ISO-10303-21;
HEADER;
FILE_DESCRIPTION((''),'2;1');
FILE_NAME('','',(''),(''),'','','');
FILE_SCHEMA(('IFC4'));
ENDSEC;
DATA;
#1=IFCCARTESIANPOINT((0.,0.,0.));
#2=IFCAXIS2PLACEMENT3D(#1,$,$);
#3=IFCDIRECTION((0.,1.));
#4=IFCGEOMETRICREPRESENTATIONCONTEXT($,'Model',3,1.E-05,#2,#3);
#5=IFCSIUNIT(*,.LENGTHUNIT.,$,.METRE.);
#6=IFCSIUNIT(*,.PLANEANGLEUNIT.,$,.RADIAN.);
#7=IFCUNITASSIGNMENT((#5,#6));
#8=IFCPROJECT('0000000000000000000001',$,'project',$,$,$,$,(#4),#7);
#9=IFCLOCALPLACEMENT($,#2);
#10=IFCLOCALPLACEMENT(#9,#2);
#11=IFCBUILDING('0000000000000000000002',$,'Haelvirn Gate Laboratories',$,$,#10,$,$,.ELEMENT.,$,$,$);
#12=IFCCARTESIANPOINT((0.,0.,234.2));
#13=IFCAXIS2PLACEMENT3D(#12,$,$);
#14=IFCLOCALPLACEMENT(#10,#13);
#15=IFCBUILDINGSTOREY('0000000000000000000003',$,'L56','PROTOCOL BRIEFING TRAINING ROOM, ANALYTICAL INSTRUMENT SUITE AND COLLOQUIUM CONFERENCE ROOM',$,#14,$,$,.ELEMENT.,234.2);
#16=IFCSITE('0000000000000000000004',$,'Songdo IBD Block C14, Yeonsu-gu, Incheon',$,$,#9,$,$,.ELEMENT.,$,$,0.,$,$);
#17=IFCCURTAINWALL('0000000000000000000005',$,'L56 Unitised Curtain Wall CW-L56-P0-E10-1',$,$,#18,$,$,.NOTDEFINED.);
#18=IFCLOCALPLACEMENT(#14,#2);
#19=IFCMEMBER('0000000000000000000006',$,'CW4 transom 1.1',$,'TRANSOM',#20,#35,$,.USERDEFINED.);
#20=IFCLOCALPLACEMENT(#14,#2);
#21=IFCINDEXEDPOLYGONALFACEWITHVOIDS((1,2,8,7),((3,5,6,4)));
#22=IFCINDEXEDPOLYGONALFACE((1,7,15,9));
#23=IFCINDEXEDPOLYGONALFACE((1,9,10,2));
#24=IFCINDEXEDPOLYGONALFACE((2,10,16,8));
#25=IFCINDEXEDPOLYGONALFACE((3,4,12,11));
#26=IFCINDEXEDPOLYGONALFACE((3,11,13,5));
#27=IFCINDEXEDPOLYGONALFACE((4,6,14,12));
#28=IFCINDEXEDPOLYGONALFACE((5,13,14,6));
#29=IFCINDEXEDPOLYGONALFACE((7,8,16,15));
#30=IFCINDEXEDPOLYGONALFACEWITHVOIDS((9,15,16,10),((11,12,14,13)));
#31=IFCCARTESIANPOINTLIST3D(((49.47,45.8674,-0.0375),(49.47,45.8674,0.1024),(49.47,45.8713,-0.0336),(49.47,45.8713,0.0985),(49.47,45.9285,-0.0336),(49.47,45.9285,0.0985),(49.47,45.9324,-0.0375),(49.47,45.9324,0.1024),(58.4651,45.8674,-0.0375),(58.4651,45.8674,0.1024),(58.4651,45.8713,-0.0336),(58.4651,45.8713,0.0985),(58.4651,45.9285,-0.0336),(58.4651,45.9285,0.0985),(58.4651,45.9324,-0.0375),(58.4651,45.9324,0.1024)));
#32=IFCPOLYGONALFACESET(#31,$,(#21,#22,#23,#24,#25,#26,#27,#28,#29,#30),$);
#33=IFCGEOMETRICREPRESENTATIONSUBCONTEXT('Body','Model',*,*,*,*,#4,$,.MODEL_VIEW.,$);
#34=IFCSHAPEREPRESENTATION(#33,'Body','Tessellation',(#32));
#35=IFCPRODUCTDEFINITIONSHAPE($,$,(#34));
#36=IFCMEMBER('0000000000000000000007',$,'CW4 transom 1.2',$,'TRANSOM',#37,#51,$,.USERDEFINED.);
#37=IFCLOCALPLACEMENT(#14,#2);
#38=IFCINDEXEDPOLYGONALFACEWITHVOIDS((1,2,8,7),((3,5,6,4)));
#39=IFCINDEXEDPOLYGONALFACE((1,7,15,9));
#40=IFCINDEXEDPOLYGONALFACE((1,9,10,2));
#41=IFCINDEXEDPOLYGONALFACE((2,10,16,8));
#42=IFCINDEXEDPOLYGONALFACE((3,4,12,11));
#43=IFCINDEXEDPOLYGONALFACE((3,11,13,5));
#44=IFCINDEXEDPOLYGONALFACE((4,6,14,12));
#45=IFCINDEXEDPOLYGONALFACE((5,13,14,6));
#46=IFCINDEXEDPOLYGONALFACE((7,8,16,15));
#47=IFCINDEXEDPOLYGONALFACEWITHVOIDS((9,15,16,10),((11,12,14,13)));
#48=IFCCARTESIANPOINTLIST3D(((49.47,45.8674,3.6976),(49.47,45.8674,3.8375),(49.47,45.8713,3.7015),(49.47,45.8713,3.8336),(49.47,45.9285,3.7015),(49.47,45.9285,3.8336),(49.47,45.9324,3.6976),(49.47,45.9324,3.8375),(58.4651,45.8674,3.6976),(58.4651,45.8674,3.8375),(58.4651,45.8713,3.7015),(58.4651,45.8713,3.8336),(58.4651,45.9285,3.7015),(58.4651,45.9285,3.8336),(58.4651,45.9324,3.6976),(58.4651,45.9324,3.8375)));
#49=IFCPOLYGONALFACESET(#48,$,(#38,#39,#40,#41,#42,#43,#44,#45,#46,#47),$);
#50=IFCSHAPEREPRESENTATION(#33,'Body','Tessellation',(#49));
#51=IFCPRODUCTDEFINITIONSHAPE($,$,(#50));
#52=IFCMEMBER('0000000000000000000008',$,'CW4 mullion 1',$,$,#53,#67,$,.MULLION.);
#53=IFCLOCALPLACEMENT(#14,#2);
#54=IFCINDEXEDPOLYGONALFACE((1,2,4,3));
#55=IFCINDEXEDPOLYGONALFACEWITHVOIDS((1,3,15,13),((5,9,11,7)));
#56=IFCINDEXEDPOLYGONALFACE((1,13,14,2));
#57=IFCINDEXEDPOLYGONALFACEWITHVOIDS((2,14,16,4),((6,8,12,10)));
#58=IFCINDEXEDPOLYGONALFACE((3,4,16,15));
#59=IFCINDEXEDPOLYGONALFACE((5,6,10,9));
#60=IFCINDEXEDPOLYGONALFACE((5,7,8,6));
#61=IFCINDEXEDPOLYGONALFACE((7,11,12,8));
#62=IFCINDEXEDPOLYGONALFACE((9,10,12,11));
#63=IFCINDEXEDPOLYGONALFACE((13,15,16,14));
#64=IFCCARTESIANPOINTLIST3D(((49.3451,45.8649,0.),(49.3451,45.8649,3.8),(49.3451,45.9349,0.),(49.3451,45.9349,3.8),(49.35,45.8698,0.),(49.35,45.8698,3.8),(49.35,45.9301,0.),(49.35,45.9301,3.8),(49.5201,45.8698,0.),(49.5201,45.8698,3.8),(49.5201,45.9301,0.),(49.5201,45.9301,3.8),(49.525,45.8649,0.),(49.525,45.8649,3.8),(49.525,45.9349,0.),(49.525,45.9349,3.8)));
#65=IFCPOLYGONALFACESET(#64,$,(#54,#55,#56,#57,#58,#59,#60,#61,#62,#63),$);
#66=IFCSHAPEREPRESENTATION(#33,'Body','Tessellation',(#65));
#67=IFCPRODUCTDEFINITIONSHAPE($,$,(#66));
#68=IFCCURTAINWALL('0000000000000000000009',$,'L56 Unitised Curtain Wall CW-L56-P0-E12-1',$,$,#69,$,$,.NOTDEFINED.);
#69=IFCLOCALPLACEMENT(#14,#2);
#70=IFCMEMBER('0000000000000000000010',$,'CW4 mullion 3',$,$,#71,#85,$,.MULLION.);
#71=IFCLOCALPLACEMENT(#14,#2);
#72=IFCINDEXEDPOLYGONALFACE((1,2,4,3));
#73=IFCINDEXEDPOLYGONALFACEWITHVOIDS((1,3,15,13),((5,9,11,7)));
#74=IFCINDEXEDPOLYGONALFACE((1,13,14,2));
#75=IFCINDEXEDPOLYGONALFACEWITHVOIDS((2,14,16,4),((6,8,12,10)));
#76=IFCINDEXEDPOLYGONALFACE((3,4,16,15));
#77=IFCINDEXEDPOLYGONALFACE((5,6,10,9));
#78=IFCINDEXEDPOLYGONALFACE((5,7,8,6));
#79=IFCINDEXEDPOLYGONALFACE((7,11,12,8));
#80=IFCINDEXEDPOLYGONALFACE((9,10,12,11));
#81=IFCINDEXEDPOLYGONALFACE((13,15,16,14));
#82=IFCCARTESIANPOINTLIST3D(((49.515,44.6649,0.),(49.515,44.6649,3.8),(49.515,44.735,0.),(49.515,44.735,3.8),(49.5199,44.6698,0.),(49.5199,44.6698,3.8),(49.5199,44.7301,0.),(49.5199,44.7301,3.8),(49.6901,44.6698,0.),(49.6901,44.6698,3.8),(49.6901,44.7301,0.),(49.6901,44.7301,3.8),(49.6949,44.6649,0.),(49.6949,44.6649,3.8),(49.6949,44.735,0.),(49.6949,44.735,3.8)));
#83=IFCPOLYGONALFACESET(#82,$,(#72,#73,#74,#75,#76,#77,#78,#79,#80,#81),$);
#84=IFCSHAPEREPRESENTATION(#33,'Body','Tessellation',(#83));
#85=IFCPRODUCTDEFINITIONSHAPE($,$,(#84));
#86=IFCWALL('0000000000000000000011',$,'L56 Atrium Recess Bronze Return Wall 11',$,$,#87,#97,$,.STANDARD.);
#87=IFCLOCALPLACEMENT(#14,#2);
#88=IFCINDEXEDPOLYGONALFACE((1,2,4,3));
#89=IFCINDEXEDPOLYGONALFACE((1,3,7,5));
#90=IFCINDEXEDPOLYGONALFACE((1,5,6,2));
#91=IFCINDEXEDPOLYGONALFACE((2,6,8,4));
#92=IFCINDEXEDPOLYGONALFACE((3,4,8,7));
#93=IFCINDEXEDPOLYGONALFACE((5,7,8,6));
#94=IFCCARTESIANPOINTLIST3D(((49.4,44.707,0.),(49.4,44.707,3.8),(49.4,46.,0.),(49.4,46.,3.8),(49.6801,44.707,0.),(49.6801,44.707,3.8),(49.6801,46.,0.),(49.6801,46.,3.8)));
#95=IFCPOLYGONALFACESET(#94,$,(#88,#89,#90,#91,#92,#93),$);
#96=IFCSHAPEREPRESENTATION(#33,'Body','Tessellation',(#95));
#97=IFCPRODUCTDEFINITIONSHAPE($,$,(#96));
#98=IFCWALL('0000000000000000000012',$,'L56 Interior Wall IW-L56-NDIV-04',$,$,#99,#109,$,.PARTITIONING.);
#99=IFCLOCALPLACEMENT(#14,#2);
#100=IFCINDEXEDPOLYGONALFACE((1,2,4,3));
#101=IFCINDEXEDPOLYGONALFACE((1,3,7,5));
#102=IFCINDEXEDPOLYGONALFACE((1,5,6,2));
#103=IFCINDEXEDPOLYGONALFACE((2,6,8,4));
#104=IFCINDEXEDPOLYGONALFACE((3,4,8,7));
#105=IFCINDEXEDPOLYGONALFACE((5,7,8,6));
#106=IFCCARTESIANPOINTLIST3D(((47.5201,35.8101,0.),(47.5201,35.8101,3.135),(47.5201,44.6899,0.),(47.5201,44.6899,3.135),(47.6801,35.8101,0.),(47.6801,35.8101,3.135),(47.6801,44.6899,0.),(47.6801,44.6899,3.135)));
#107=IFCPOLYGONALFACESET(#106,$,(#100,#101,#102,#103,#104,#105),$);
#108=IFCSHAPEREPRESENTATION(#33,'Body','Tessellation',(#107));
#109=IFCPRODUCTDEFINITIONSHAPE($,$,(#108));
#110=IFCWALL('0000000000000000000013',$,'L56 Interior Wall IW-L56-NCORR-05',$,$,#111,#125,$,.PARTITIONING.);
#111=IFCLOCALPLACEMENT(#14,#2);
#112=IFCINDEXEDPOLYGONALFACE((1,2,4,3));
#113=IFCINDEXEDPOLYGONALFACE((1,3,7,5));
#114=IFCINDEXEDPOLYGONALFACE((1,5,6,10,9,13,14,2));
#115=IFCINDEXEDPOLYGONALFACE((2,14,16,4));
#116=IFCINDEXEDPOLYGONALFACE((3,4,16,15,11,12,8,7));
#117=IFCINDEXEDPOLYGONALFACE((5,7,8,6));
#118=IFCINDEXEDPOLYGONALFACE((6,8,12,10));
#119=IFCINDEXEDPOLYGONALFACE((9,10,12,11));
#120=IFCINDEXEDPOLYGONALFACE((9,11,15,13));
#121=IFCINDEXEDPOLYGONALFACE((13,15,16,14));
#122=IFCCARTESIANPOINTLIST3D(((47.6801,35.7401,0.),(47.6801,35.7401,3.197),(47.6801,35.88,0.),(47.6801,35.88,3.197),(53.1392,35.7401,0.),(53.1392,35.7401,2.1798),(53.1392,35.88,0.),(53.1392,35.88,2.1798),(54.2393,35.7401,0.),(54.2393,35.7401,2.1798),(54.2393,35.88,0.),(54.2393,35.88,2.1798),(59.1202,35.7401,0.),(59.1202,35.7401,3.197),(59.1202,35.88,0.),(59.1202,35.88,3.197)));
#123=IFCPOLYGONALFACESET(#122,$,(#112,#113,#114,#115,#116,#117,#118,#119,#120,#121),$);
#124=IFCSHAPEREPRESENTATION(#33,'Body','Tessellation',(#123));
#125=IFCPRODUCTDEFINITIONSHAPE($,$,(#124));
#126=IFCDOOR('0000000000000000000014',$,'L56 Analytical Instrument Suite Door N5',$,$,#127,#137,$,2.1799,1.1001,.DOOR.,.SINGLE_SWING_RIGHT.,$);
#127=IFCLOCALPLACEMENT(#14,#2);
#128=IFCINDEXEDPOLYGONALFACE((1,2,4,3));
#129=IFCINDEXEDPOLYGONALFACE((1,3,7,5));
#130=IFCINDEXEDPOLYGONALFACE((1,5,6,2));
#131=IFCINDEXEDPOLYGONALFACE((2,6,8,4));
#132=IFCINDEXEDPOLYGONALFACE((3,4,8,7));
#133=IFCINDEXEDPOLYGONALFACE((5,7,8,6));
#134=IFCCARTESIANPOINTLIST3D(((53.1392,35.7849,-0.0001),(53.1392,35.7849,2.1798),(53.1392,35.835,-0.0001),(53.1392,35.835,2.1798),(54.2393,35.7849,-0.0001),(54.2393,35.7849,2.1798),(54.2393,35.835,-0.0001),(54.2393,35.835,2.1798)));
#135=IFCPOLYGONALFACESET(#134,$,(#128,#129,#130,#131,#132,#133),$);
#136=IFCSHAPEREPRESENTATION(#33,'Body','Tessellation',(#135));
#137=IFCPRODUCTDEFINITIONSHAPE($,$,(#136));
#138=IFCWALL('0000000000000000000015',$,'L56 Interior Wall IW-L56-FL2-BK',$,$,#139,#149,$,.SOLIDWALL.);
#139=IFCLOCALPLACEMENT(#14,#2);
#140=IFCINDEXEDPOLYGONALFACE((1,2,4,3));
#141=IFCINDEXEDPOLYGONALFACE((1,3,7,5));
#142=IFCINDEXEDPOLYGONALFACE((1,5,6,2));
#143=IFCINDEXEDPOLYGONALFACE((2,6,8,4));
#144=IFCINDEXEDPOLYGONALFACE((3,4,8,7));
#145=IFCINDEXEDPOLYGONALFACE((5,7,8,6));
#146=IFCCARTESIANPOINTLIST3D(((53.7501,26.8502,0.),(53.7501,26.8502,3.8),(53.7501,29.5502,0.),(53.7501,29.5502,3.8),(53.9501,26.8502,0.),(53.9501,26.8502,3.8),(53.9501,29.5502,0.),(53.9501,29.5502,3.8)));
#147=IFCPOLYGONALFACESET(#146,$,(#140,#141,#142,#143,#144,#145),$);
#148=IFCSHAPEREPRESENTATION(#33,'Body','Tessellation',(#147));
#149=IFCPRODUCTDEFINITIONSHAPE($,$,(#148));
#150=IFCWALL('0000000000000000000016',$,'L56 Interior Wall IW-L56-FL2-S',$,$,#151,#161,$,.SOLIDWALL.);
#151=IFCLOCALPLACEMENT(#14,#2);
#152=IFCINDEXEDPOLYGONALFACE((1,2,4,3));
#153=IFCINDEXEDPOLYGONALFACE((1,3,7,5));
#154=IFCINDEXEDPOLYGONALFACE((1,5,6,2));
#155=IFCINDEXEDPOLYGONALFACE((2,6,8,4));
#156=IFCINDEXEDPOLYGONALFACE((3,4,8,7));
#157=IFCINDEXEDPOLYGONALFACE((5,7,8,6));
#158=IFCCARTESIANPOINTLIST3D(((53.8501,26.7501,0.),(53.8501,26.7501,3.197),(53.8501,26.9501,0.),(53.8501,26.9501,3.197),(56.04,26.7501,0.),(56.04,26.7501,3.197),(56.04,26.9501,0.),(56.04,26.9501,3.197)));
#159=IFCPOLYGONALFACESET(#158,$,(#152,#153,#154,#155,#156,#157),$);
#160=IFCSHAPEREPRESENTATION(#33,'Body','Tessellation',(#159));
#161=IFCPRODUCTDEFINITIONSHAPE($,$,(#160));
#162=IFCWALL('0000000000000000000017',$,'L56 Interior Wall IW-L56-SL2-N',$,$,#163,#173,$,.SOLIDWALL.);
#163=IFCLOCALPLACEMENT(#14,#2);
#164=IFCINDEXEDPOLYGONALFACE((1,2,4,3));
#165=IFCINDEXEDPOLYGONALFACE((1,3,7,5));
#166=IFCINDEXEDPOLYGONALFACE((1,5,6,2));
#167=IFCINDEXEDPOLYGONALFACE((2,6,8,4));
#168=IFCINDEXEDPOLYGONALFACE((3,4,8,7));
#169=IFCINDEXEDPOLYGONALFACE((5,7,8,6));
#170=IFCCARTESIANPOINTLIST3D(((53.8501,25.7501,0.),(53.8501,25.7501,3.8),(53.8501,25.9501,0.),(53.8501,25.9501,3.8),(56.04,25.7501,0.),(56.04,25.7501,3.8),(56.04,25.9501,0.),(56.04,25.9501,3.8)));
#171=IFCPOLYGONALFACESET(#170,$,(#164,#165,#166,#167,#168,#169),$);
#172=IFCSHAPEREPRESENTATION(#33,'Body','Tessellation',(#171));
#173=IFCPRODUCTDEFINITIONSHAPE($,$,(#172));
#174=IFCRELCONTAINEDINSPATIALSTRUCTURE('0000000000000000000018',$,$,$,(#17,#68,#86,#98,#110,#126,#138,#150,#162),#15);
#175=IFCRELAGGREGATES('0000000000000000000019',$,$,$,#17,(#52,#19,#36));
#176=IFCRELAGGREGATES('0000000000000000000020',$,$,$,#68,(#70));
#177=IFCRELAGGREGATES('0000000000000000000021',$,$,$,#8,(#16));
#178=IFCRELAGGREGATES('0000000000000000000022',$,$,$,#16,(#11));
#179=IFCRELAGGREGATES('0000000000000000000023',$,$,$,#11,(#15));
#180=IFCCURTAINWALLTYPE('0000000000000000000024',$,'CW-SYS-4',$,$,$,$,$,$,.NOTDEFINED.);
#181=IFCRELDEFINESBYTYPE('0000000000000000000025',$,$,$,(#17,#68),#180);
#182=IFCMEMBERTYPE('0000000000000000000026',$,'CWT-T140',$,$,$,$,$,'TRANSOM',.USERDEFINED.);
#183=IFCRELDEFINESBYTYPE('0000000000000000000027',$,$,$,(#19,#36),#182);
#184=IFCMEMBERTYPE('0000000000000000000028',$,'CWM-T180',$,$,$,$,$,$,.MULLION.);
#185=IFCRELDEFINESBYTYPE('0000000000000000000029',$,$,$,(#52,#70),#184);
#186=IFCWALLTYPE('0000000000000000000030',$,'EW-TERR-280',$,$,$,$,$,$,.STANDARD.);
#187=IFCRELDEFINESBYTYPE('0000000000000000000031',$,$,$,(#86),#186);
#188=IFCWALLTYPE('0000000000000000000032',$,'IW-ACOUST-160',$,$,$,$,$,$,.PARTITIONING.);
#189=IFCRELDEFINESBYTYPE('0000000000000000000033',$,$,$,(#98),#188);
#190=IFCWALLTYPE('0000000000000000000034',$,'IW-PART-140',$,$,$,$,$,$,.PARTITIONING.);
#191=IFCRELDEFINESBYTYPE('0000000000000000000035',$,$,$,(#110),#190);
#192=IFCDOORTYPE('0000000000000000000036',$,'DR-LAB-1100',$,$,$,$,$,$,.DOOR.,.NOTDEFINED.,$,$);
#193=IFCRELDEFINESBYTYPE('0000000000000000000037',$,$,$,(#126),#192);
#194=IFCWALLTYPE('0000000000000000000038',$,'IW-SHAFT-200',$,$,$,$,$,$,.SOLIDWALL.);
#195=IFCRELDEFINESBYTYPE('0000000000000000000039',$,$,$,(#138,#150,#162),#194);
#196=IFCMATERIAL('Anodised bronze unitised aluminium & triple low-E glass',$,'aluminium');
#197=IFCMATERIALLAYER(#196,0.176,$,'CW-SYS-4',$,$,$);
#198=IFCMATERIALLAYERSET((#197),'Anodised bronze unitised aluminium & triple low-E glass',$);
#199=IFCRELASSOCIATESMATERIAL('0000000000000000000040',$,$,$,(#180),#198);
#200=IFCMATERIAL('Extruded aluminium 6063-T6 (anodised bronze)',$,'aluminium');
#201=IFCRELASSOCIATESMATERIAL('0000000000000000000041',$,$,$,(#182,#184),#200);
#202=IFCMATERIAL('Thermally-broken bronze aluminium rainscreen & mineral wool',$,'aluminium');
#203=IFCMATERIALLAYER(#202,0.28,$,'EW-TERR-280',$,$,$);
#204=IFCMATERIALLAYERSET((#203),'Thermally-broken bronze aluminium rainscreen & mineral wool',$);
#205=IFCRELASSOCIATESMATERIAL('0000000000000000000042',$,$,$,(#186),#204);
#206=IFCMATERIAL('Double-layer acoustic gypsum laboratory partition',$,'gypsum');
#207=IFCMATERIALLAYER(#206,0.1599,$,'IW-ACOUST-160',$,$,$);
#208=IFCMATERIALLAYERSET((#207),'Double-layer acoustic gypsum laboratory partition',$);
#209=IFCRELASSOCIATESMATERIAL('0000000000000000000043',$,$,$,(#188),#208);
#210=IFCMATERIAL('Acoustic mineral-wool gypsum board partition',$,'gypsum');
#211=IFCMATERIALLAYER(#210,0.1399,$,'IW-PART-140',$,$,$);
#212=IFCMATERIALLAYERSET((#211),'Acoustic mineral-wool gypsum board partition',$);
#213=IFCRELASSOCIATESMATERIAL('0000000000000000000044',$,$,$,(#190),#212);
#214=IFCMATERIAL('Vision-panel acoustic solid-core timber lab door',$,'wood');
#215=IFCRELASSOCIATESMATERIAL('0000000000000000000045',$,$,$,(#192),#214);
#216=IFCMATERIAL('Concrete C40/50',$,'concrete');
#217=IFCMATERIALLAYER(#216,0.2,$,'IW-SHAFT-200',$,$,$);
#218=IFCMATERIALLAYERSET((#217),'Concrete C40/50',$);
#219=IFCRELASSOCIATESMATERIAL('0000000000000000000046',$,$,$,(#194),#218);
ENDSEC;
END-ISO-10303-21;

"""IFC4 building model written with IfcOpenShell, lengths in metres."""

from ifc_helpers import new_model, si_unit, direction, frame, frame_2d, origin, origin_2d, place, context, subcontext, project, spatial, rectangle, hollow_rectangle, extrude, source, transform, mapped, material, layer, layer_set, material_profile, profile_set, type_object, type_shapes, element, fill, aggregate, save


model = new_model("IFC4")

# Units and contexts
model_context = context("Model", 3, precision=1e-05, world=origin(), true_north=direction((0.0, 1.0)))
body_context = subcontext(model_context, "Body", "Model", "MODEL_VIEW")
ifc_project = project(units=[si_unit("LENGTHUNIT", "METRE"), si_unit("PLANEANGLEUNIT", "RADIAN")], contexts=[model_context])

# Site, building, storey
site_placement = place(None, origin())
site = spatial("IfcSite", under=ifc_project, at=site_placement, Name="Songdo IBD Block C14, Yeonsu-gu, Incheon", CompositionType="ELEMENT", RefElevation=0.0)
building_placement = place(site_placement, origin())
building = spatial("IfcBuilding", under=site, at=building_placement, Name="Haelvirn Gate Laboratories", CompositionType="ELEMENT")
storey_placement = place(building_placement, frame((0.0, 0.0, 234.2)))
storey = spatial("IfcBuildingStorey", under=building, at=storey_placement, Name="L56", Description="PROTOCOL BRIEFING TRAINING ROOM, ANALYTICAL INSTRUMENT SUITE AND COLLOQUIUM CONFERENCE ROOM", CompositionType="ELEMENT", Elevation=234.2)

# Curtain wall, members
ifc_material_1 = material(Name="Anodised bronze unitised aluminium & triple low-E glass", Category="aluminium")
ifc_layer_1 = layer(ifc_material_1, 0.176, Name="CW-SYS-4")
ifc_layer_set_1 = layer_set([ifc_layer_1], Name="Anodised bronze unitised aluminium & triple low-E glass")
curtain_wall_type = type_object("IfcCurtainWallType", Name="CW-SYS-4", PredefinedType="NOTDEFINED", material=ifc_layer_set_1)
curtain_wall_1_placement = place(storey_placement, origin())
curtain_wall_1 = element("IfcCurtainWall", 1, at=curtain_wall_1_placement, inside=storey, type_object=curtain_wall_type, Name="L56 Unitised Curtain Wall CW-L56-P0-E10-1", PredefinedType="NOTDEFINED")
ifc_material_2 = material(Name="Extruded aluminium 6063-T6 (anodised bronze)", Category="aluminium")
ifc_material_profile_1 = material_profile(ifc_material_2, hollow_rectangle(XDim=0.0649, YDim=0.1399, WallThickness=0.0039, at=origin_2d()), Name="CWT-140x65x4")
ifc_profile_set_1 = profile_set([ifc_material_profile_1], Name="Extruded aluminium 6063-T6 (anodised bronze)")
member_type_1 = type_object("IfcMemberType", Name="CWT-T140", ElementType="TRANSOM", PredefinedType="USERDEFINED", material=ifc_profile_set_1)
shared_shape_1 = source(origin(), body_context, "Body", "SweptSolid", [
    extrude(hollow_rectangle(XDim=0.0649, YDim=0.1399, WallThickness=0.0039, at=origin_2d()), origin(), (0.0, 0.0, 1.0), 8.9951),
])
type_shapes(member_type_1, [shared_shape_1])
member_1_placement = place(storey_placement, frame((49.47, 45.8999, 0.0325), z_axis=(1.0, 0.0, 0.0), x_axis=(0.0, 1.0, 0.0)))
member_1 = element("IfcMember", 2, at=member_1_placement, type_object=member_type_1, Name="CW4 transom 1.1", ObjectType="TRANSOM", PredefinedType="USERDEFINED", context=body_context, shape_type="MappedRepresentation", body=[
    mapped(shared_shape_1, transform((0.0, 0.0, 0.0), scale=1.0)),
])
member_2_placement = place(storey_placement, frame((49.47, 45.8999, 3.7676), z_axis=(1.0, 0.0, 0.0), x_axis=(0.0, 1.0, 0.0)))
member_2 = element("IfcMember", 3, at=member_2_placement, type_object=member_type_1, Name="CW4 transom 1.2", ObjectType="TRANSOM", PredefinedType="USERDEFINED", context=body_context, shape_type="MappedRepresentation", body=[
    mapped(shared_shape_1, transform((0.0, 0.0, 0.0), scale=1.0)),
])
ifc_material_profile_2 = material_profile(ifc_material_2, hollow_rectangle(XDim=0.0701, YDim=0.1799, WallThickness=0.0049, at=origin_2d()), Name="CWM-180x70x5")
ifc_profile_set_2 = profile_set([ifc_material_profile_2], Name="Extruded aluminium 6063-T6 (anodised bronze)")
member_type_2 = type_object("IfcMemberType", Name="CWM-T180", PredefinedType="MULLION", material=ifc_profile_set_2)
shared_shape_2 = source(origin(), body_context, "Body", "SweptSolid", [
    extrude(hollow_rectangle(XDim=0.0701, YDim=0.1799, WallThickness=0.0049, at=origin_2d()), origin(), (0.0, 0.0, 1.0), 3.8),
])
type_shapes(member_type_2, [shared_shape_2])
member_3_placement = place(storey_placement, frame((49.4351, 45.8999, 0.0), z_axis=(0.0, 0.0, 1.0), x_axis=(0.0, 1.0, 0.0)))
member_3 = element("IfcMember", 4, at=member_3_placement, type_object=member_type_2, Name="CW4 mullion 1", PredefinedType="MULLION", context=body_context, shape_type="MappedRepresentation", body=[
    mapped(shared_shape_2, transform((0.0, 0.0, 0.0), scale=1.0)),
])
aggregate(curtain_wall_1, [member_3, member_1, member_2])

# Curtain wall, member
curtain_wall_2_placement = place(storey_placement, origin())
curtain_wall_2 = element("IfcCurtainWall", 5, at=curtain_wall_2_placement, inside=storey, type_object=curtain_wall_type, Name="L56 Unitised Curtain Wall CW-L56-P0-E12-1", PredefinedType="NOTDEFINED")
member_4_placement = place(storey_placement, frame((49.605, 44.7, 0.0), z_axis=(0.0, 0.0, 1.0), x_axis=(0.0, 1.0, 0.0)))
member_4 = element("IfcMember", 6, at=member_4_placement, type_object=member_type_2, Name="CW4 mullion 3", PredefinedType="MULLION", context=body_context, shape_type="MappedRepresentation", body=[
    mapped(shared_shape_2, transform((0.0, 0.0, 0.0), scale=1.0)),
])
aggregate(curtain_wall_2, [member_4])

# Walls
ifc_material_3 = material(Name="Thermally-broken bronze aluminium rainscreen & mineral wool", Category="aluminium")
ifc_layer_2 = layer(ifc_material_3, 0.28, Name="EW-TERR-280")
ifc_layer_set_2 = layer_set([ifc_layer_2], Name="Thermally-broken bronze aluminium rainscreen & mineral wool")
wall_type_1 = type_object("IfcWallType", Name="EW-TERR-280", PredefinedType="STANDARD", material=ifc_layer_set_2)
wall_1_placement = place(storey_placement, frame((49.54, 46.0, 0.0), z_axis=(0.0, 0.0, 1.0), x_axis=(0.0, -1.0, 0.0)))
element("IfcWall", 7, at=wall_1_placement, inside=storey, type_object=wall_type_1, Name="L56 Atrium Recess Bronze Return Wall 11", PredefinedType="STANDARD", context=body_context, shape_type="SweptSolid", body=[
    extrude(rectangle(XDim=1.293, YDim=0.28, at=frame_2d((0.6465, 0.0))), origin(), (0.0, 0.0, 1.0), 3.8),
])
ifc_material_4 = material(Name="Double-layer acoustic gypsum laboratory partition", Category="gypsum")
ifc_layer_3 = layer(ifc_material_4, 0.1599, Name="IW-ACOUST-160")
ifc_layer_set_3 = layer_set([ifc_layer_3], Name="Double-layer acoustic gypsum laboratory partition")
wall_type_2 = type_object("IfcWallType", Name="IW-ACOUST-160", PredefinedType="PARTITIONING", material=ifc_layer_set_3)
wall_2_placement = place(storey_placement, frame((47.6001, 35.8101, 0.0), z_axis=(0.0, 0.0, 1.0), x_axis=(0.0, 1.0, 0.0)))
element("IfcWall", 8, at=wall_2_placement, inside=storey, type_object=wall_type_2, Name="L56 Interior Wall IW-L56-NDIV-04", PredefinedType="PARTITIONING", context=body_context, shape_type="SweptSolid", body=[
    extrude(rectangle(XDim=8.8799, YDim=0.1599, at=frame_2d((4.4399, 0.0))), origin(), (0.0, 0.0, 1.0), 3.135),
])

# Wall, opening, door
ifc_material_5 = material(Name="Acoustic mineral-wool gypsum board partition", Category="gypsum")
ifc_layer_4 = layer(ifc_material_5, 0.1399, Name="IW-PART-140")
ifc_layer_set_4 = layer_set([ifc_layer_4], Name="Acoustic mineral-wool gypsum board partition")
wall_type_3 = type_object("IfcWallType", Name="IW-PART-140", PredefinedType="PARTITIONING", material=ifc_layer_set_4)
wall_3_placement = place(storey_placement, frame((47.6799, 35.8101, 0.0), z_axis=(0.0, 0.0, 1.0), x_axis=(1.0, 0.0, 0.0)))
wall_3 = element("IfcWall", 9, at=wall_3_placement, inside=storey, type_object=wall_type_3, Name="L56 Interior Wall IW-L56-NCORR-05", PredefinedType="PARTITIONING", context=body_context, shape_type="SweptSolid", body=[
    extrude(rectangle(XDim=11.4402, YDim=0.1399, at=frame_2d((5.7202, 0.0))), origin(), (0.0, 0.0, 1.0), 3.197),
])
opening_1_placement = place(wall_3_placement, frame((5.4592, 0.0, 0.0)))
opening_1 = element("IfcOpeningElement", 10, at=opening_1_placement, cuts=wall_3, PredefinedType="OPENING", context=body_context, shape_type="SweptSolid", body=[
    extrude(rectangle(XDim=1.1001, YDim=2.1799, at=frame_2d((0.55, 1.0898))), frame((0.0, 0.0801, 0.0), z_axis=(0.0, -1.0, 0.0), x_axis=(1.0, 0.0, 0.0)), (0.0, 0.0, 1.0), 0.1599),
])
ifc_material_6 = material(Name="Vision-panel acoustic solid-core timber lab door", Category="wood")
door_type_1 = type_object("IfcDoorType", Name="DR-LAB-1100", OperationType="NOTDEFINED", PredefinedType="DOOR", material=ifc_material_6)
shared_shape_3 = source(origin(), body_context, "Body", "SweptSolid", [
    extrude(rectangle(XDim=1.1001, YDim=2.1799, at=frame_2d((0.55, 1.0898))), frame((0.0, 0.0249, 0.0), z_axis=(0.0, -1.0, 0.0), x_axis=(1.0, 0.0, 0.0)), (0.0, 0.0, 1.0), 0.05),
])
type_shapes(door_type_1, [shared_shape_3])
door_1_placement = place(opening_1_placement, origin())
door_1 = element("IfcDoor", 11, at=door_1_placement, inside=storey, type_object=door_type_1, Name="L56 Analytical Instrument Suite Door N5", OperationType="SINGLE_SWING_RIGHT", OverallHeight=2.1799, OverallWidth=1.1001, PredefinedType="DOOR", context=body_context, shape_type="MappedRepresentation", body=[
    mapped(shared_shape_3, transform((0.0, 0.0, 0.0), scale=1.0)),
])
fill(opening_1, door_1)

# Walls
ifc_material_7 = material(Name="Concrete C40/50", Category="concrete")
ifc_layer_5 = layer(ifc_material_7, 0.2, Name="IW-SHAFT-200")
ifc_layer_set_5 = layer_set([ifc_layer_5], Name="Concrete C40/50")
wall_type_4 = type_object("IfcWallType", Name="IW-SHAFT-200", PredefinedType="SOLIDWALL", material=ifc_layer_set_5)
wall_4_placement = place(storey_placement, frame((53.8501, 26.8501, 0.0), z_axis=(0.0, 0.0, 1.0), x_axis=(0.0, 1.0, 0.0)))
element("IfcWall", 12, at=wall_4_placement, inside=storey, type_object=wall_type_4, Name="L56 Interior Wall IW-L56-FL2-BK", PredefinedType="SOLIDWALL", context=body_context, shape_type="SweptSolid", body=[
    extrude(rectangle(XDim=2.7, YDim=0.2, at=frame_2d((1.3501, 0.0))), origin(), (0.0, 0.0, 1.0), 3.8),
])
wall_5_placement = place(storey_placement, frame((53.8501, 26.8501, 0.0), z_axis=(0.0, 0.0, 1.0), x_axis=(1.0, 0.0, 0.0)))
element("IfcWall", 13, at=wall_5_placement, inside=storey, type_object=wall_type_4, Name="L56 Interior Wall IW-L56-FL2-S", PredefinedType="SOLIDWALL", context=body_context, shape_type="SweptSolid", body=[
    extrude(rectangle(XDim=2.1899, YDim=0.2, at=frame_2d((1.095, 0.0))), origin(), (0.0, 0.0, 1.0), 3.197),
])
wall_6_placement = place(storey_placement, frame((53.8501, 25.8501, 0.0), z_axis=(0.0, 0.0, 1.0), x_axis=(1.0, 0.0, 0.0)))
element("IfcWall", 14, at=wall_6_placement, inside=storey, type_object=wall_type_4, Name="L56 Interior Wall IW-L56-SL2-N", PredefinedType="SOLIDWALL", context=body_context, shape_type="SweptSolid", body=[
    extrude(rectangle(XDim=2.1899, YDim=0.2, at=frame_2d((1.095, 0.0))), origin(), (0.0, 0.0, 1.0), 3.8),
])

save(model, "model.ifc")
